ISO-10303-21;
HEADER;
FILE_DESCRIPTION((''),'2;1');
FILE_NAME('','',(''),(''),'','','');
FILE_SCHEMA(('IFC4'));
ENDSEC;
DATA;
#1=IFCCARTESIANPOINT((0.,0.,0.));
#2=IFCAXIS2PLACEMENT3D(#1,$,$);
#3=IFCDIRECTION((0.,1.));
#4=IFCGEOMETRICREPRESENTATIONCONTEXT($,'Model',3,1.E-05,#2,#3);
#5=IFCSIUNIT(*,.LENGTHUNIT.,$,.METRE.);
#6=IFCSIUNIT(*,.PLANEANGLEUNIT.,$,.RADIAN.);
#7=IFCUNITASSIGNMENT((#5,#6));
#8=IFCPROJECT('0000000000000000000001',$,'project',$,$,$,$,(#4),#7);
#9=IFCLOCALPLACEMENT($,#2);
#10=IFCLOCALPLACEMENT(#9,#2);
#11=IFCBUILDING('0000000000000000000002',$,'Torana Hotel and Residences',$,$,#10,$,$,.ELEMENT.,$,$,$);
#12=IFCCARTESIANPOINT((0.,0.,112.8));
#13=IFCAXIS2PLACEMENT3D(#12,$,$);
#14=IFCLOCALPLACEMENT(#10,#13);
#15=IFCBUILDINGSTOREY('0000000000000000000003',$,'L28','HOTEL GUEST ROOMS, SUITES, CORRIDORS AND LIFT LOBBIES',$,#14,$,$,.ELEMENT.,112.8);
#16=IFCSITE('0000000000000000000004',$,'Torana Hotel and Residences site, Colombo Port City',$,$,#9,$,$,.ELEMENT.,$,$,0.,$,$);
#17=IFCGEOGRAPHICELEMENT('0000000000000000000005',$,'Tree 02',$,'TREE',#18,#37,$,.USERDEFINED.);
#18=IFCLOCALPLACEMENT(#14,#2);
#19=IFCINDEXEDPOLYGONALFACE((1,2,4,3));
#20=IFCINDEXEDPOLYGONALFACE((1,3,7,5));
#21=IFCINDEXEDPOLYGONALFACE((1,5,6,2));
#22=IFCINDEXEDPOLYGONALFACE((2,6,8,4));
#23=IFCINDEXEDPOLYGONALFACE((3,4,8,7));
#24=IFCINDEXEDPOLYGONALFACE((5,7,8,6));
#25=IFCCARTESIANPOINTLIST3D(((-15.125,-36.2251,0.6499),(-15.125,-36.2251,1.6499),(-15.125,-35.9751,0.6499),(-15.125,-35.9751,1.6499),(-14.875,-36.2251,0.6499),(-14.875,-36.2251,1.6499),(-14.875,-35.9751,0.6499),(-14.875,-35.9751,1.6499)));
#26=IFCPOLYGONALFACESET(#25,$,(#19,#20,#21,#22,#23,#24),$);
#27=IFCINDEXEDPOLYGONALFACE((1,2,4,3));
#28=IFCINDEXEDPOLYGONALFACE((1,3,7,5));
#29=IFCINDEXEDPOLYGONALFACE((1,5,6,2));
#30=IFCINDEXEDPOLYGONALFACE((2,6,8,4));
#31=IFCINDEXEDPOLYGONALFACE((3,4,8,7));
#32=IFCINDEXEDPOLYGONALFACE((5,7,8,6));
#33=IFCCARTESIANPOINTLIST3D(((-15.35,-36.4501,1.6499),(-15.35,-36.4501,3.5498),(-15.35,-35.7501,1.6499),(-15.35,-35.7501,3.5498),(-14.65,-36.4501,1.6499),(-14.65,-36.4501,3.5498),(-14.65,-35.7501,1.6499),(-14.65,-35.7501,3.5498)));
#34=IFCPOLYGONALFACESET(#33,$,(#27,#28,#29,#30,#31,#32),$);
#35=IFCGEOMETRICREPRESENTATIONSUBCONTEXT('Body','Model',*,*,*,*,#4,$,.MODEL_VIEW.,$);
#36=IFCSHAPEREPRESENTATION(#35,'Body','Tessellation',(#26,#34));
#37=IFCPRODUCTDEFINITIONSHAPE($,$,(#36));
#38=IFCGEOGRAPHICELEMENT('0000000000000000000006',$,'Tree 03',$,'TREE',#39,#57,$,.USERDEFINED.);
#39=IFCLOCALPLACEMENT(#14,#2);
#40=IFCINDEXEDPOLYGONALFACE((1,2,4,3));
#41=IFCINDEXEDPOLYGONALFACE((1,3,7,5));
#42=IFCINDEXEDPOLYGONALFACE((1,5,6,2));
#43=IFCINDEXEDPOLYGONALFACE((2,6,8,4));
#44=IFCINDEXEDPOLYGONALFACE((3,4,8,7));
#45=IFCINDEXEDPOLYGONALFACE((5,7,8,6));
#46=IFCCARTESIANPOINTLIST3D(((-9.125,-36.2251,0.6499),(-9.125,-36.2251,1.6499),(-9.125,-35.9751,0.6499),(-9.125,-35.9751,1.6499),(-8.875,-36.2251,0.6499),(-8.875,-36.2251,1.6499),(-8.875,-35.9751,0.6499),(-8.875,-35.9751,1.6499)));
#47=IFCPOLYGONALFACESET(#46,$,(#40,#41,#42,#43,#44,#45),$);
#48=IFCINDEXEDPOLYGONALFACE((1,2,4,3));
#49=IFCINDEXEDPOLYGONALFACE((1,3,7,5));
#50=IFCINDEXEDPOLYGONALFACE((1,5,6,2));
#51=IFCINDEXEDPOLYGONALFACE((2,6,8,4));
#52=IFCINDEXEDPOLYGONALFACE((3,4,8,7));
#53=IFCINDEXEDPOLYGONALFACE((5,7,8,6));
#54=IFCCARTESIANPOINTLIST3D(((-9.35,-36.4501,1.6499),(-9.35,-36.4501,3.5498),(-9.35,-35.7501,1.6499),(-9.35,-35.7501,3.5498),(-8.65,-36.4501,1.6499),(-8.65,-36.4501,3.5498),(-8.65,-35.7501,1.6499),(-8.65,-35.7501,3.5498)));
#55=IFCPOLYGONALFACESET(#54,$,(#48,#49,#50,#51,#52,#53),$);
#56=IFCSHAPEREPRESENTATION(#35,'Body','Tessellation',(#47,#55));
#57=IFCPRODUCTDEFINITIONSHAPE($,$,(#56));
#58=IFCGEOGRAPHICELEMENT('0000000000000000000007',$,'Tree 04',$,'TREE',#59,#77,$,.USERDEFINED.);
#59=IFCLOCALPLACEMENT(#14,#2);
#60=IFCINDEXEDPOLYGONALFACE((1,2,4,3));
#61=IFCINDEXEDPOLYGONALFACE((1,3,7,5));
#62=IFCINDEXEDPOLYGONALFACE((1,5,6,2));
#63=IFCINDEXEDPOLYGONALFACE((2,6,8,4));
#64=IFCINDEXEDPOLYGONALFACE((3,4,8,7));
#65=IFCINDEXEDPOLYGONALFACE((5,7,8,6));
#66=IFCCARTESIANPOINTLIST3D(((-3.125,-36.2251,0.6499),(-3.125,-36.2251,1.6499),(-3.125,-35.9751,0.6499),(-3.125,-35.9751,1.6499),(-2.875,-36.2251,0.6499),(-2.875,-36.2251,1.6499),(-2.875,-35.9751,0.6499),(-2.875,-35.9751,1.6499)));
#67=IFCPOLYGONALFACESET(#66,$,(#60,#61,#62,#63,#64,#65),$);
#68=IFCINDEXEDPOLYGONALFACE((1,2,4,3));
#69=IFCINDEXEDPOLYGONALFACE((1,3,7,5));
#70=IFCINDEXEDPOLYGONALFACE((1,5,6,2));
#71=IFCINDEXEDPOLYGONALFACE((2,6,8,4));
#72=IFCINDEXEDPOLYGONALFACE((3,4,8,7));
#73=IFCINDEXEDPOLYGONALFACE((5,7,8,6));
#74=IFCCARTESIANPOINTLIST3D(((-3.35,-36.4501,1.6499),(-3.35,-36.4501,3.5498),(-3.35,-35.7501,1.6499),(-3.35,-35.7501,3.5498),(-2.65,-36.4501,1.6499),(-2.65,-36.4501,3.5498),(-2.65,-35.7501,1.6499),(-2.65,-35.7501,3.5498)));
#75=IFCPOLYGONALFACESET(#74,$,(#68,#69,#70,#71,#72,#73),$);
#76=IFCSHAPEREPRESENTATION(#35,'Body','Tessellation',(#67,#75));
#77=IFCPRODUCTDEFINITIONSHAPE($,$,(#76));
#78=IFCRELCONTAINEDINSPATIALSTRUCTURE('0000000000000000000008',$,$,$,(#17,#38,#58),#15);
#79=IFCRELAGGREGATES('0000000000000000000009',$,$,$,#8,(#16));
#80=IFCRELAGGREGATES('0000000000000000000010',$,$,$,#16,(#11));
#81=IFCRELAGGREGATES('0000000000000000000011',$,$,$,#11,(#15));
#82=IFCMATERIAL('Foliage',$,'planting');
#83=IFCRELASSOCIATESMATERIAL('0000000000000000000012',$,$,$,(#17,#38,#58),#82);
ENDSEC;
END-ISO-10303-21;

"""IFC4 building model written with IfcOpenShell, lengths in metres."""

from ifc_helpers import new_model, si_unit, direction, frame, origin, origin_2d, place, context, subcontext, project, spatial, rectangle, extrude, material, element, save


model = new_model("IFC4")

# Units and contexts
model_context = context("Model", 3, precision=1e-05, world=origin(), true_north=direction((0.0, 1.0)))
body_context = subcontext(model_context, "Body", "Model", "MODEL_VIEW")
ifc_project = project(units=[si_unit("LENGTHUNIT", "METRE"), si_unit("PLANEANGLEUNIT", "RADIAN")], contexts=[model_context])

# Site, building, storey
site_placement = place(None, origin())
site = spatial("IfcSite", under=ifc_project, at=site_placement, Name="Torana Hotel and Residences site, Colombo Port City", CompositionType="ELEMENT", RefElevation=0.0)
building_placement = place(site_placement, origin())
building = spatial("IfcBuilding", under=site, at=building_placement, Name="Torana Hotel and Residences", CompositionType="ELEMENT")
storey_placement = place(building_placement, frame((0.0, 0.0, 112.8)))
storey = spatial("IfcBuildingStorey", under=building, at=storey_placement, Name="L28", Description="HOTEL GUEST ROOMS, SUITES, CORRIDORS AND LIFT LOBBIES", CompositionType="ELEMENT", Elevation=112.8)

# Geographic elements
ifc_material_1 = material(Name="Foliage", Category="planting")
for number, where, z_axis, x_axis, name in (
    (1, (-15.0, -36.1001, 0.6499), (0.0, 0.0, 1.0), (1.0, 0.0, 0.0), "Tree 02"),
    (2, (-9.0, -36.1001, 0.6499), (0.0, 0.0, 1.0), (1.0, 0.0, 0.0), "Tree 03"),
    (3, (-3.0, -36.1001, 0.6499), (0.0, 0.0, 1.0), (1.0, 0.0, 0.0), "Tree 04"),
):
    element("IfcGeographicElement", number, at=place(storey_placement, frame(where, z_axis=z_axis, x_axis=x_axis)), inside=storey, material=ifc_material_1, Name=name, ObjectType="TREE", PredefinedType="USERDEFINED", context=body_context, shape_type="SweptSolid", body=[
        extrude(rectangle(XDim=0.25, YDim=0.25, at=origin_2d()), origin(), (0.0, 0.0, 1.0), 1.0),
        extrude(rectangle(XDim=0.7, YDim=0.7, at=origin_2d()), frame((0.0, 0.0, 1.0)), (0.0, 0.0, 1.0), 1.8999),
    ])

save(model, "model.ifc")
